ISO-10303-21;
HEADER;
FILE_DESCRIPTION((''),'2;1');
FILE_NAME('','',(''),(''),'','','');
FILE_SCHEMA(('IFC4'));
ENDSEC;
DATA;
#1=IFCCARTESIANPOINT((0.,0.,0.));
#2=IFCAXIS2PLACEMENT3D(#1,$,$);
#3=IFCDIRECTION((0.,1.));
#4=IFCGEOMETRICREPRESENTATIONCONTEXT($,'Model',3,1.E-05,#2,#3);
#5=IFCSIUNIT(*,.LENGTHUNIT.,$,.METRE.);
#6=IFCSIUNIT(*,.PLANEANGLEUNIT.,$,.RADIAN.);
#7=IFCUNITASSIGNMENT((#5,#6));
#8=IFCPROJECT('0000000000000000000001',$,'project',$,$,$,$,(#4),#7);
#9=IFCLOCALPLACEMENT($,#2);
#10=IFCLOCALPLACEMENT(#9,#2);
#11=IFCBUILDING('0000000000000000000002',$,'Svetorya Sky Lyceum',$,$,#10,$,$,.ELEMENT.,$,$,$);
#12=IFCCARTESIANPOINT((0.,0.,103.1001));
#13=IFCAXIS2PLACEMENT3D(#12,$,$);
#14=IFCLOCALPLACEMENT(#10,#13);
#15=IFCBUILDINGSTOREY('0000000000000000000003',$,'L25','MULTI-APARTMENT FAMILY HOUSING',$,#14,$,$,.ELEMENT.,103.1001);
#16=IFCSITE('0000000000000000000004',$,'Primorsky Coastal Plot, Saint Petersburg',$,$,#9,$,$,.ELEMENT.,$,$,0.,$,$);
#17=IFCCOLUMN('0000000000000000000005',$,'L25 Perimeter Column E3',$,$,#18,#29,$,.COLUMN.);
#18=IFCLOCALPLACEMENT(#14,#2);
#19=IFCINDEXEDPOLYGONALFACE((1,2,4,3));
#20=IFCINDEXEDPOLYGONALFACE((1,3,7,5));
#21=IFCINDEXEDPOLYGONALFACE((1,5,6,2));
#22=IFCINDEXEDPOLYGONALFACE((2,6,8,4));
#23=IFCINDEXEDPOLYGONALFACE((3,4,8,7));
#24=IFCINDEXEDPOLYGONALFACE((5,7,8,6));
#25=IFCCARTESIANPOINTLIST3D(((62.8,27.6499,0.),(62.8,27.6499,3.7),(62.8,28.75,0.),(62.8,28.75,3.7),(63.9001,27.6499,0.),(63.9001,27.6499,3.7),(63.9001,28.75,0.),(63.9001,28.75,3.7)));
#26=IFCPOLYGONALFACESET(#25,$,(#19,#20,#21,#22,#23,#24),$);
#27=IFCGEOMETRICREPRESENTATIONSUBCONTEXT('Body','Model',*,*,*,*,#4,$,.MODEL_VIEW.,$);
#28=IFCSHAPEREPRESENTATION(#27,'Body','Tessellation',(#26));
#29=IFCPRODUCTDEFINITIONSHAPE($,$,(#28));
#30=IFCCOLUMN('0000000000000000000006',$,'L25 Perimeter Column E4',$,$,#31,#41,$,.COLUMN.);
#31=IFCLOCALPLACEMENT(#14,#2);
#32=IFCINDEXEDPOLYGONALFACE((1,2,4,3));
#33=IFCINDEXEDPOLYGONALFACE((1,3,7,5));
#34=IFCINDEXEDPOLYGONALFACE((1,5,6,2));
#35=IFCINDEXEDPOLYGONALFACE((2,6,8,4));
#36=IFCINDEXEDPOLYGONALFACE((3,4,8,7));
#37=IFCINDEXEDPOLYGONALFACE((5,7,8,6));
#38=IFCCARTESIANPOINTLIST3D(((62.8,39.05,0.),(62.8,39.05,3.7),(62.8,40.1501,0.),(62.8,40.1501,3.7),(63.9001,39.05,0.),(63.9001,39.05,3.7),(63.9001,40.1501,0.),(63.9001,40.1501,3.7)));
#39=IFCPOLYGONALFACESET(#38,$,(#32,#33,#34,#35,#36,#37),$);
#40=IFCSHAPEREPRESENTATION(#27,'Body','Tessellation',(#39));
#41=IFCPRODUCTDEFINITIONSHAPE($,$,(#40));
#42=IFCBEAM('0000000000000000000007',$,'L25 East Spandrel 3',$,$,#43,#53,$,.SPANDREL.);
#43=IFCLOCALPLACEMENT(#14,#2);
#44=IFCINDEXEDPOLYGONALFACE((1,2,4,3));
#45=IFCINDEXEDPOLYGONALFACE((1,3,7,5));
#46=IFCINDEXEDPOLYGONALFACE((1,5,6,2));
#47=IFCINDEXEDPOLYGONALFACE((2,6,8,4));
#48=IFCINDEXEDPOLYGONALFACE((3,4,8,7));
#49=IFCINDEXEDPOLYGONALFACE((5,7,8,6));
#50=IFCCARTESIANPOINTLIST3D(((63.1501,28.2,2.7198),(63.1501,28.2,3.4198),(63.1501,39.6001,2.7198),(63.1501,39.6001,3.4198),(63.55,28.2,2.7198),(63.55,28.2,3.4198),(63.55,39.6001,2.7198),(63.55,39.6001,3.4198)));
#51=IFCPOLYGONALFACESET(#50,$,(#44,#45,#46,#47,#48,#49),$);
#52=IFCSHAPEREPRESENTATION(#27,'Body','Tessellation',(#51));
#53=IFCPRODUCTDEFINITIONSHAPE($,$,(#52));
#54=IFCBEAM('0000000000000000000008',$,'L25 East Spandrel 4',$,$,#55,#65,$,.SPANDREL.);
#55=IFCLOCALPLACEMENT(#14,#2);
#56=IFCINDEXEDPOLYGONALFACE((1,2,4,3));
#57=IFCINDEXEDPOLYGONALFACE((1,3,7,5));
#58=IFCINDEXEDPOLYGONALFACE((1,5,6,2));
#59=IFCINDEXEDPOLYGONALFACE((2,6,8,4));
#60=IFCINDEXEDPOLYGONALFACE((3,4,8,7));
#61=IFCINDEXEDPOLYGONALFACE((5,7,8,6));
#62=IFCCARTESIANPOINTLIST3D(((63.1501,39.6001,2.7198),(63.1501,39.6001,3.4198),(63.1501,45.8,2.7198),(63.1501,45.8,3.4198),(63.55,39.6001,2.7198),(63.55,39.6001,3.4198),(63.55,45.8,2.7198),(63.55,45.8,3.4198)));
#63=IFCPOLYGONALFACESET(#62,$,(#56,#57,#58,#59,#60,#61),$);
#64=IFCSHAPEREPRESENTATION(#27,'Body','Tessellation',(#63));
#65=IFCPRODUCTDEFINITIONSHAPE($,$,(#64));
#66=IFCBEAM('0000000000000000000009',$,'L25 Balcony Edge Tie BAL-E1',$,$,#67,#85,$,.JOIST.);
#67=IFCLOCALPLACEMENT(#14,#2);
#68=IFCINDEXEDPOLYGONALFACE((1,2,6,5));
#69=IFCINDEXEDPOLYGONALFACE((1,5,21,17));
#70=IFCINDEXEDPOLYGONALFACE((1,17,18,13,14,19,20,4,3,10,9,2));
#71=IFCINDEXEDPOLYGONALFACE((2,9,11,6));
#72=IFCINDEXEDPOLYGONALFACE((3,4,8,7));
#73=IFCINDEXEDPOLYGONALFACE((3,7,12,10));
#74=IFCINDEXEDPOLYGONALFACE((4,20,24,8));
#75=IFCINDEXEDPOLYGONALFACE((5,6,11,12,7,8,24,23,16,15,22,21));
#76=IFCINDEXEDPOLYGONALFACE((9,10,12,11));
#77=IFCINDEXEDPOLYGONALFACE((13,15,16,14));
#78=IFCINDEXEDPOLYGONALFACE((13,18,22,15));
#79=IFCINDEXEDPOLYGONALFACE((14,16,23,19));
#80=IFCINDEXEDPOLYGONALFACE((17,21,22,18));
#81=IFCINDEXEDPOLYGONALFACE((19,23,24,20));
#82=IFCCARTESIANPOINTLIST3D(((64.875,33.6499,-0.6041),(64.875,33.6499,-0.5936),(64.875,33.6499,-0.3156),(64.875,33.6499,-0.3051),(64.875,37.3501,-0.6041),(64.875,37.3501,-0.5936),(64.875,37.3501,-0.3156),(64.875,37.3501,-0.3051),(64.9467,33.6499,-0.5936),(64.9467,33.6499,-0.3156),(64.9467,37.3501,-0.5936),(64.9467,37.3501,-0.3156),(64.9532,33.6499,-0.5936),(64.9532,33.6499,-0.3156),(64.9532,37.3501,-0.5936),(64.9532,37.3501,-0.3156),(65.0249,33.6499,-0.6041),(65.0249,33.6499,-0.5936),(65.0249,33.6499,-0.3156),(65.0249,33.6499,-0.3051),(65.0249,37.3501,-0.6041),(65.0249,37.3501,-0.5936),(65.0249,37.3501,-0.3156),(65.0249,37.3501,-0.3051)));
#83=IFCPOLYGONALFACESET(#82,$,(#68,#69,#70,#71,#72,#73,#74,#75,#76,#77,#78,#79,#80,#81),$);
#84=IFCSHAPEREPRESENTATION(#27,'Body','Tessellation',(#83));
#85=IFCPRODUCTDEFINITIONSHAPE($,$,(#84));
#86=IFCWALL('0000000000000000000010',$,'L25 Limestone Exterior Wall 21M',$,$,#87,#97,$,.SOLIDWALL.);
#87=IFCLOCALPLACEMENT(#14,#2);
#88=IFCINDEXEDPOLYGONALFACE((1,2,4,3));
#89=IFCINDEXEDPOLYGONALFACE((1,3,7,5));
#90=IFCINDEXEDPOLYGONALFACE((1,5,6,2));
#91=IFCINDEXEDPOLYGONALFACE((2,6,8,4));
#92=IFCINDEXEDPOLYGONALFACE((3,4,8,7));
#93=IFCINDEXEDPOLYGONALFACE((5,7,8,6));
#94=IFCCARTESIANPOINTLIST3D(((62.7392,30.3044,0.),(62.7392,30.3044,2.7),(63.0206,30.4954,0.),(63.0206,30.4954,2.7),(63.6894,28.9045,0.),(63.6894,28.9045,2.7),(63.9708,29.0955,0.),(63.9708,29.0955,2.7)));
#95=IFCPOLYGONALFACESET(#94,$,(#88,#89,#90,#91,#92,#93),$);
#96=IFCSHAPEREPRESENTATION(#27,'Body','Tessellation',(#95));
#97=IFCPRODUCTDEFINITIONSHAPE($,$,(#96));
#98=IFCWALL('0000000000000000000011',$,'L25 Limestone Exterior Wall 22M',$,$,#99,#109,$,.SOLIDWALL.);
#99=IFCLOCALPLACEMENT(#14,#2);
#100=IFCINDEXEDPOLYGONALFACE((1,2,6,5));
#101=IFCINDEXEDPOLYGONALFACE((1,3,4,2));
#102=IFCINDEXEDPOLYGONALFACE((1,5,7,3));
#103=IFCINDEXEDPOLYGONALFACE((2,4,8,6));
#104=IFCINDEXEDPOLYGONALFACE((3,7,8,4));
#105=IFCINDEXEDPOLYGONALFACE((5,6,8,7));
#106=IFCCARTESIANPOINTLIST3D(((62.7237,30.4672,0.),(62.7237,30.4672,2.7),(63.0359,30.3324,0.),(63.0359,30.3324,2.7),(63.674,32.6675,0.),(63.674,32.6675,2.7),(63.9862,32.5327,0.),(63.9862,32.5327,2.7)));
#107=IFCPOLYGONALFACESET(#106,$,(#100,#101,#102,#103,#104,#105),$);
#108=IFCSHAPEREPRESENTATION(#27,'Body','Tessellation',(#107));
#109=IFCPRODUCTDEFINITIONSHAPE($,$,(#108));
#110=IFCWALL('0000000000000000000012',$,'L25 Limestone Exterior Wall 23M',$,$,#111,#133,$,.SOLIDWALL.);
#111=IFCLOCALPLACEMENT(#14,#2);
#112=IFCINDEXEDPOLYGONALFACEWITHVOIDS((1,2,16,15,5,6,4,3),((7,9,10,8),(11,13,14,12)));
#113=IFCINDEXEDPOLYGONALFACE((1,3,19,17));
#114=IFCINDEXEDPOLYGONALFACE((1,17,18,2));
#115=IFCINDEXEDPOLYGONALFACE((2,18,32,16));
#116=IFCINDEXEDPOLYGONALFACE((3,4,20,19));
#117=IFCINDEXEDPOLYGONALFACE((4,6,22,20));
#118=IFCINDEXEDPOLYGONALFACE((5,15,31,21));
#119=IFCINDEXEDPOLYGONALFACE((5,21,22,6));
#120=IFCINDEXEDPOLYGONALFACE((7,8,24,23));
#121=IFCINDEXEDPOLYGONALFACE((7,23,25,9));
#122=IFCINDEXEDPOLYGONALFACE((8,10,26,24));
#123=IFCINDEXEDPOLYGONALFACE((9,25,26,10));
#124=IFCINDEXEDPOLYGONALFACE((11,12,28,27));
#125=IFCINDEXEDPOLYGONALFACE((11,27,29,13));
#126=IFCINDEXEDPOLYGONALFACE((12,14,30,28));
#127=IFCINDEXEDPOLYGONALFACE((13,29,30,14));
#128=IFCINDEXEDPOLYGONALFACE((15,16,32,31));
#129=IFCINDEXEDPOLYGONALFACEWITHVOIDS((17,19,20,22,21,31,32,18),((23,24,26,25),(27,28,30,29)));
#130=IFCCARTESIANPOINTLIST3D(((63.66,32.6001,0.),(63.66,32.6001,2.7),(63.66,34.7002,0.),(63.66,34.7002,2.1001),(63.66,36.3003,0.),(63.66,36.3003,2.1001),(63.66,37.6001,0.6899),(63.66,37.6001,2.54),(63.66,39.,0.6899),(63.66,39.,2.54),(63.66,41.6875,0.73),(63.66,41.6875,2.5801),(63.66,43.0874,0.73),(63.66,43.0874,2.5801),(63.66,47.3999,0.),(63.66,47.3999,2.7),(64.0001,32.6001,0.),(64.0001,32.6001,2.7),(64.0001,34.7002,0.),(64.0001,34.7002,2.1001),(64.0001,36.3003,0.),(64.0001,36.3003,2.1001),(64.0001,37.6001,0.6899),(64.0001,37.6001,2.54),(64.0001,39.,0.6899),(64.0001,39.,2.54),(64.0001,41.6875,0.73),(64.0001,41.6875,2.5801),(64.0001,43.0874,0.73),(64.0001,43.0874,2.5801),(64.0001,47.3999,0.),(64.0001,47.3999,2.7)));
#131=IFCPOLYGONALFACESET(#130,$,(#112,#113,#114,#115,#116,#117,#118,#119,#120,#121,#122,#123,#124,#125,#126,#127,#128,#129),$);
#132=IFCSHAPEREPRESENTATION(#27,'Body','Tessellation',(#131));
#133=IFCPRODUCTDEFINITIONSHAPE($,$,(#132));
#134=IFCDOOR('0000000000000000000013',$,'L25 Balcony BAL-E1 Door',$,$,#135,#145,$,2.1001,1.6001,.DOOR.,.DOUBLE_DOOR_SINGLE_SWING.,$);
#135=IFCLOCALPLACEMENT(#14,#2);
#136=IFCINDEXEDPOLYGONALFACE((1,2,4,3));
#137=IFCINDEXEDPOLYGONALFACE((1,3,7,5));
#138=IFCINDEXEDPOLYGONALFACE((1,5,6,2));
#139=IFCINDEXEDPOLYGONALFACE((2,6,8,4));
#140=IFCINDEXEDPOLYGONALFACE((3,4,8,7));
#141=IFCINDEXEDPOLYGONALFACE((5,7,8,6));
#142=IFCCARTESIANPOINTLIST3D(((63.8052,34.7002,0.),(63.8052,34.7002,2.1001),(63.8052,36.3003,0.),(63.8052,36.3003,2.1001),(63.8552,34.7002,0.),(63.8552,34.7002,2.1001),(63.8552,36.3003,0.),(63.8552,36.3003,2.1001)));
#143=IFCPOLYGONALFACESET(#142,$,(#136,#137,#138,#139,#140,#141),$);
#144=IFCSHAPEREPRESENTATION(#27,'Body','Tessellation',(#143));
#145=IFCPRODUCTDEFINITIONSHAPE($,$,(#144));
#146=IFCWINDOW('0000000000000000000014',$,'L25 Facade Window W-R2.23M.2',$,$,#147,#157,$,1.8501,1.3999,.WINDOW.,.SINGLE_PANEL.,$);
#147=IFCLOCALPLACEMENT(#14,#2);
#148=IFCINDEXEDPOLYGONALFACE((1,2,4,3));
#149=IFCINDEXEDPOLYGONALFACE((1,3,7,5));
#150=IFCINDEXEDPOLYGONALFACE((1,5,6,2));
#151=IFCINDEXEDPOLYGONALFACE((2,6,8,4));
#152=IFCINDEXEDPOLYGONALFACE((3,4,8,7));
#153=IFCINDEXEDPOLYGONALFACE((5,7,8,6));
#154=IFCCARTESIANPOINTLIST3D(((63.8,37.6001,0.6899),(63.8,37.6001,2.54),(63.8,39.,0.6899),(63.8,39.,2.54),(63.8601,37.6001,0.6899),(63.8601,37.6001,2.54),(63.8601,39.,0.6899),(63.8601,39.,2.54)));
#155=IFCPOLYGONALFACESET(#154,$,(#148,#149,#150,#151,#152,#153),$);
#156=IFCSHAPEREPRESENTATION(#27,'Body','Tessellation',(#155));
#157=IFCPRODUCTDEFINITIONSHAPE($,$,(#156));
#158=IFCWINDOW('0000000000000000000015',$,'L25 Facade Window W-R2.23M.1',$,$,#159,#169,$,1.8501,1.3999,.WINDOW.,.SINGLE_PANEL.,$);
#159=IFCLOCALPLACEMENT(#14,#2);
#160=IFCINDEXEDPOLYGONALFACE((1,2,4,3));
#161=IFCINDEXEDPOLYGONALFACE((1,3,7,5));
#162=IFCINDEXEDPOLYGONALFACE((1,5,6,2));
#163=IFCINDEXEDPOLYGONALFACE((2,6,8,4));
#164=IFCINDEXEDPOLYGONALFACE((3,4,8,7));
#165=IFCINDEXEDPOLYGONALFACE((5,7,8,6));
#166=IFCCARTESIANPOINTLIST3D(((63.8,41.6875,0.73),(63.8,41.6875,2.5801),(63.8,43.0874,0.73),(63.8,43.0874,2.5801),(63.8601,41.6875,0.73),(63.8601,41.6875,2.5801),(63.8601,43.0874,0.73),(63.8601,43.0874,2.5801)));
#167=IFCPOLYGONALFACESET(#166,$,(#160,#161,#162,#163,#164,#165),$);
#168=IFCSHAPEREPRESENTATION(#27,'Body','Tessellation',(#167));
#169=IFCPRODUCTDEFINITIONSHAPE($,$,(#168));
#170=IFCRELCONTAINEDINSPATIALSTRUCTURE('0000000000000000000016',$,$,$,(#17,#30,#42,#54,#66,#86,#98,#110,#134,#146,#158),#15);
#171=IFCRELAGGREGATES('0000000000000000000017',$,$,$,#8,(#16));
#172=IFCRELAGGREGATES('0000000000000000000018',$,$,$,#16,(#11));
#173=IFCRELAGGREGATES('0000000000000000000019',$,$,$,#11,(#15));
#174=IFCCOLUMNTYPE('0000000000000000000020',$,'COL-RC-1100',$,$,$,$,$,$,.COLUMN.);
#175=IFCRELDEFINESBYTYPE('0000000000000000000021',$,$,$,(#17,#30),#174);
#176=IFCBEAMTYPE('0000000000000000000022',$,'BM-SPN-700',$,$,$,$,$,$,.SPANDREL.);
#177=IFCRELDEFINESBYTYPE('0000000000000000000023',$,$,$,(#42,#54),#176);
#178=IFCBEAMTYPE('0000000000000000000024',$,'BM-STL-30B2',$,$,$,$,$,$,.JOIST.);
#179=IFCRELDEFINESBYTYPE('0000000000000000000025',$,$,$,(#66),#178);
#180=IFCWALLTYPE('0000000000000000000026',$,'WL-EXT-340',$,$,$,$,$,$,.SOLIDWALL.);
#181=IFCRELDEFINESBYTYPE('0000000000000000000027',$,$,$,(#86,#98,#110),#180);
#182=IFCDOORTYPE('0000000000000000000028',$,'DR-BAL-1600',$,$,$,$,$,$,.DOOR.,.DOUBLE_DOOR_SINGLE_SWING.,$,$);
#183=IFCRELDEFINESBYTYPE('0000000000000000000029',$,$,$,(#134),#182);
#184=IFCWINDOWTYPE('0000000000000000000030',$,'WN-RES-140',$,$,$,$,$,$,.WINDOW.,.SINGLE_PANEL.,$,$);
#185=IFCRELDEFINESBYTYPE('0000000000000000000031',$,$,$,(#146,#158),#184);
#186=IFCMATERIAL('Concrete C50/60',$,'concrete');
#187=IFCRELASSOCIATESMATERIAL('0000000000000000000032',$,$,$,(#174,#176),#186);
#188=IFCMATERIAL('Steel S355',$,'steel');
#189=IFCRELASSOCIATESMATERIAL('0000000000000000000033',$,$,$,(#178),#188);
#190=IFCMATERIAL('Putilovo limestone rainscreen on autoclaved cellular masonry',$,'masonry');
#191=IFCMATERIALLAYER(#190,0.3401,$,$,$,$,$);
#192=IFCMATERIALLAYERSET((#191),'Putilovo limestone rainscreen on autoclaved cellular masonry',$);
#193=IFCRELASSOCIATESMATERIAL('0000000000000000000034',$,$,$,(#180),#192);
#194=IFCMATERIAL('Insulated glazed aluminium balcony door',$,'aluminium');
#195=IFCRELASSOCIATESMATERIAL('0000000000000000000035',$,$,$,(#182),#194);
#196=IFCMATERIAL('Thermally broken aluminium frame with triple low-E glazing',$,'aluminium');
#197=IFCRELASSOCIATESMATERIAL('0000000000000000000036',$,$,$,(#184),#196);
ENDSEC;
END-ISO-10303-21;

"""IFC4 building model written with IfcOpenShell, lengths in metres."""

from ifc_helpers import new_model, si_unit, direction, frame, frame_2d, origin, origin_2d, place, context, subcontext, project, spatial, rectangle, i_section, extrude, material, layer, layer_set, material_profile, profile_set, type_object, element, fill, save


model = new_model("IFC4")

# Units and contexts
model_context = context("Model", 3, precision=1e-05, world=origin(), true_north=direction((0.0, 1.0)))
body_context = subcontext(model_context, "Body", "Model", "MODEL_VIEW")
ifc_project = project(units=[si_unit("LENGTHUNIT", "METRE"), si_unit("PLANEANGLEUNIT", "RADIAN")], contexts=[model_context])

# Site, building, storey
site_placement = place(None, origin())
site = spatial("IfcSite", under=ifc_project, at=site_placement, Name="Primorsky Coastal Plot, Saint Petersburg", CompositionType="ELEMENT", RefElevation=0.0)
building_placement = place(site_placement, origin())
building = spatial("IfcBuilding", under=site, at=building_placement, Name="Svetorya Sky Lyceum", CompositionType="ELEMENT")
storey_placement = place(building_placement, frame((0.0, 0.0, 103.1001)))
storey = spatial("IfcBuildingStorey", under=building, at=storey_placement, Name="L25", Description="MULTI-APARTMENT FAMILY HOUSING", CompositionType="ELEMENT", Elevation=103.1001)

# Columns
ifc_material_1 = material(Name="Concrete C50/60", Category="concrete")
ifc_material_profile_1 = material_profile(ifc_material_1, rectangle(XDim=1.1001, YDim=1.1001, at=origin_2d()), Name="RC COL 1100x1100")
ifc_profile_set_1 = profile_set([ifc_material_profile_1], Name="Concrete C50/60")
column_type = type_object("IfcColumnType", Name="COL-RC-1100", PredefinedType="COLUMN", material=ifc_profile_set_1)
for number, where, z_axis, x_axis, name in (
    (1, (63.3501, 28.2, 0.0), (0.0, 0.0, 1.0), (1.0, 0.0, 0.0), "L25 Perimeter Column E3"),
    (2, (63.3501, 39.6001, 0.0), (0.0, 0.0, 1.0), (1.0, 0.0, 0.0), "L25 Perimeter Column E4"),
):
    element("IfcColumn", number, at=place(storey_placement, frame(where, z_axis=z_axis, x_axis=x_axis)), inside=storey, type_object=column_type, Name=name, PredefinedType="COLUMN", context=body_context, shape_type="SweptSolid", body=[
        extrude(rectangle(XDim=1.1001, YDim=1.1001, at=origin_2d()), origin(), (0.0, 0.0, 1.0), 3.7),
    ])

# Beams
ifc_material_profile_2 = material_profile(ifc_material_1, rectangle(XDim=0.3999, YDim=0.7, at=origin_2d()), Name="RC SPANDREL 400x700")
ifc_profile_set_2 = profile_set([ifc_material_profile_2], Name="Concrete C50/60")
beam_type_1 = type_object("IfcBeamType", Name="BM-SPN-700", PredefinedType="SPANDREL", material=ifc_profile_set_2)
beam_1_placement = place(storey_placement, frame((63.3501, 28.2, 3.0698), z_axis=(0.0, 1.0, 0.0), x_axis=(-1.0, 0.0, 0.0)))
element("IfcBeam", 3, at=beam_1_placement, inside=storey, type_object=beam_type_1, Name="L25 East Spandrel 3", PredefinedType="SPANDREL", context=body_context, shape_type="SweptSolid", body=[
    extrude(rectangle(XDim=0.3999, YDim=0.7, at=origin_2d()), origin(), (0.0, 0.0, 1.0), 11.4001),
])
beam_2_placement = place(storey_placement, frame((63.3501, 39.6001, 3.0698), z_axis=(0.0, 1.0, 0.0), x_axis=(-1.0, 0.0, 0.0)))
element("IfcBeam", 4, at=beam_2_placement, inside=storey, type_object=beam_type_1, Name="L25 East Spandrel 4", PredefinedType="SPANDREL", context=body_context, shape_type="SweptSolid", body=[
    extrude(rectangle(XDim=0.3999, YDim=0.7, at=origin_2d()), origin(), (0.0, 0.0, 1.0), 6.2),
])
ifc_material_2 = material(Name="Steel S355", Category="steel")
ifc_material_profile_3 = material_profile(ifc_material_2, i_section(OverallWidth=0.1499, OverallDepth=0.2991, WebThickness=0.0066, FlangeThickness=0.0105, at=origin_2d()), Name="GOST 30B2")
ifc_profile_set_3 = profile_set([ifc_material_profile_3], Name="Steel S355")
beam_type_2 = type_object("IfcBeamType", Name="BM-STL-30B2", PredefinedType="JOIST", material=ifc_profile_set_3)
beam_3_placement = place(storey_placement, frame((64.95, 33.6499, -0.4546), z_axis=(0.0, 1.0, 0.0), x_axis=(-1.0, 0.0, 0.0)))
element("IfcBeam", 5, at=beam_3_placement, inside=storey, type_object=beam_type_2, Name="L25 Balcony Edge Tie BAL-E1", PredefinedType="JOIST", context=body_context, shape_type="SweptSolid", body=[
    extrude(i_section(OverallWidth=0.1499, OverallDepth=0.2991, WebThickness=0.0066, FlangeThickness=0.0105, at=origin_2d()), origin(), (0.0, 0.0, 1.0), 3.7002),
])

# Walls
ifc_material_3 = material(Name="Putilovo limestone rainscreen on autoclaved cellular masonry", Category="masonry")
ifc_layer = layer(ifc_material_3, 0.3401)
ifc_layer_set = layer_set([ifc_layer], Name="Putilovo limestone rainscreen on autoclaved cellular masonry")
wall_type = type_object("IfcWallType", Name="WL-EXT-340", PredefinedType="SOLIDWALL", material=ifc_layer_set)
wall_1_placement = place(storey_placement, frame((63.8301, 29.0, 0.0), z_axis=(0.0, 0.0, 1.0), x_axis=(-0.561607, 0.827404, 0.0)))
element("IfcWall", 6, at=wall_1_placement, inside=storey, type_object=wall_type, Name="L25 Limestone Exterior Wall 21M", PredefinedType="SOLIDWALL", context=body_context, shape_type="SweptSolid", body=[
    extrude(rectangle(XDim=1.6919, YDim=0.3401, at=frame_2d((0.8459, 0.0))), origin(), (0.0, 0.0, 1.0), 2.7),
])
wall_2_placement = place(storey_placement, frame((62.8799, 30.3999, 0.0), z_axis=(0.0, 0.0, 1.0), x_axis=(0.396475, 0.918046, 0.0)))
element("IfcWall", 7, at=wall_2_placement, inside=storey, type_object=wall_type, Name="L25 Limestone Exterior Wall 22M", PredefinedType="SOLIDWALL", context=body_context, shape_type="SweptSolid", body=[
    extrude(rectangle(XDim=2.3967, YDim=0.3401, at=frame_2d((1.1982, 0.0))), origin(), (0.0, 0.0, 1.0), 2.7),
])

# Wall, openings, door, windows
wall_3_placement = place(storey_placement, frame((63.8301, 32.6001, 0.0), z_axis=(0.0, 0.0, 1.0), x_axis=(0.0, 1.0, 0.0)))
wall_3 = element("IfcWall", 8, at=wall_3_placement, inside=storey, type_object=wall_type, Name="L25 Limestone Exterior Wall 23M", PredefinedType="SOLIDWALL", context=body_context, shape_type="SweptSolid", body=[
    extrude(rectangle(XDim=14.7998, YDim=0.3401, at=frame_2d((7.3999, 0.0))), origin(), (0.0, 0.0, 1.0), 2.7),
])
opening_1_placement = place(wall_3_placement, frame((2.1001, 0.0, 0.0)))
opening_1 = element("IfcOpeningElement", 9, at=opening_1_placement, cuts=wall_3, PredefinedType="OPENING", context=body_context, shape_type="SweptSolid", body=[
    extrude(rectangle(XDim=1.6001, YDim=2.1001, at=frame_2d((0.8, 1.05))), frame((0.0, 0.1799, 0.0), z_axis=(0.0, -1.0, 0.0), x_axis=(1.0, 0.0, 0.0)), (0.0, 0.0, 1.0), 0.3601),
])
opening_2_placement = place(wall_3_placement, frame((5.0, 0.0, 0.6899)))
opening_2 = element("IfcOpeningElement", 10, at=opening_2_placement, cuts=wall_3, PredefinedType="OPENING", context=body_context, shape_type="SweptSolid", body=[
    extrude(rectangle(XDim=1.3999, YDim=1.8501, at=frame_2d((0.7, 0.925))), frame((0.0, 0.1799, 0.0), z_axis=(0.0, -1.0, 0.0), x_axis=(1.0, 0.0, 0.0)), (0.0, 0.0, 1.0), 0.3601),
])
opening_3_placement = place(wall_3_placement, frame((9.0874, 0.0, 0.73)))
opening_3 = element("IfcOpeningElement", 11, at=opening_3_placement, cuts=wall_3, PredefinedType="OPENING", context=body_context, shape_type="SweptSolid", body=[
    extrude(rectangle(XDim=1.3999, YDim=1.8501, at=frame_2d((0.7, 0.925))), frame((0.0, 0.1799, 0.0), z_axis=(0.0, -1.0, 0.0), x_axis=(1.0, 0.0, 0.0)), (0.0, 0.0, 1.0), 0.3601),
])
ifc_material_4 = material(Name="Insulated glazed aluminium balcony door", Category="aluminium")
door_type = type_object("IfcDoorType", Name="DR-BAL-1600", OperationType="DOUBLE_DOOR_SINGLE_SWING", PredefinedType="DOOR", material=ifc_material_4)
door_placement = place(opening_1_placement, origin())
door = element("IfcDoor", 12, at=door_placement, inside=storey, type_object=door_type, Name="L25 Balcony BAL-E1 Door", OperationType="DOUBLE_DOOR_SINGLE_SWING", OverallHeight=2.1001, OverallWidth=1.6001, PredefinedType="DOOR", context=body_context, shape_type="SweptSolid", body=[
    extrude(rectangle(XDim=1.6001, YDim=2.1001, at=frame_2d((0.8, 1.05))), frame((0.0, 0.0249, 0.0), z_axis=(0.0, -1.0, 0.0), x_axis=(1.0, 0.0, 0.0)), (0.0, 0.0, 1.0), 0.05),
])
fill(opening_1, door)
ifc_material_5 = material(Name="Thermally broken aluminium frame with triple low-E glazing", Category="aluminium")
window_type = type_object("IfcWindowType", Name="WN-RES-140", PartitioningType="SINGLE_PANEL", PredefinedType="WINDOW", material=ifc_material_5)
window_1_placement = place(opening_2_placement, origin())
window_1 = element("IfcWindow", 13, at=window_1_placement, inside=storey, type_object=window_type, Name="L25 Facade Window W-R2.23M.2", OverallHeight=1.8501, OverallWidth=1.3999, PartitioningType="SINGLE_PANEL", PredefinedType="WINDOW", context=body_context, shape_type="SweptSolid", body=[
    extrude(rectangle(XDim=1.3999, YDim=1.8501, at=frame_2d((0.7, 0.925))), frame((0.0, 0.03, 0.0), z_axis=(0.0, -1.0, 0.0), x_axis=(1.0, 0.0, 0.0)), (0.0, 0.0, 1.0), 0.0601),
])
fill(opening_2, window_1)
window_2_placement = place(opening_3_placement, origin())
window_2 = element("IfcWindow", 14, at=window_2_placement, inside=storey, type_object=window_type, Name="L25 Facade Window W-R2.23M.1", OverallHeight=1.8501, OverallWidth=1.3999, PartitioningType="SINGLE_PANEL", PredefinedType="WINDOW", context=body_context, shape_type="SweptSolid", body=[
    extrude(rectangle(XDim=1.3999, YDim=1.8501, at=frame_2d((0.7, 0.925))), frame((0.0, 0.03, 0.0), z_axis=(0.0, -1.0, 0.0), x_axis=(1.0, 0.0, 0.0)), (0.0, 0.0, 1.0), 0.0601),
])
fill(opening_3, window_2)

save(model, "model.ifc")
